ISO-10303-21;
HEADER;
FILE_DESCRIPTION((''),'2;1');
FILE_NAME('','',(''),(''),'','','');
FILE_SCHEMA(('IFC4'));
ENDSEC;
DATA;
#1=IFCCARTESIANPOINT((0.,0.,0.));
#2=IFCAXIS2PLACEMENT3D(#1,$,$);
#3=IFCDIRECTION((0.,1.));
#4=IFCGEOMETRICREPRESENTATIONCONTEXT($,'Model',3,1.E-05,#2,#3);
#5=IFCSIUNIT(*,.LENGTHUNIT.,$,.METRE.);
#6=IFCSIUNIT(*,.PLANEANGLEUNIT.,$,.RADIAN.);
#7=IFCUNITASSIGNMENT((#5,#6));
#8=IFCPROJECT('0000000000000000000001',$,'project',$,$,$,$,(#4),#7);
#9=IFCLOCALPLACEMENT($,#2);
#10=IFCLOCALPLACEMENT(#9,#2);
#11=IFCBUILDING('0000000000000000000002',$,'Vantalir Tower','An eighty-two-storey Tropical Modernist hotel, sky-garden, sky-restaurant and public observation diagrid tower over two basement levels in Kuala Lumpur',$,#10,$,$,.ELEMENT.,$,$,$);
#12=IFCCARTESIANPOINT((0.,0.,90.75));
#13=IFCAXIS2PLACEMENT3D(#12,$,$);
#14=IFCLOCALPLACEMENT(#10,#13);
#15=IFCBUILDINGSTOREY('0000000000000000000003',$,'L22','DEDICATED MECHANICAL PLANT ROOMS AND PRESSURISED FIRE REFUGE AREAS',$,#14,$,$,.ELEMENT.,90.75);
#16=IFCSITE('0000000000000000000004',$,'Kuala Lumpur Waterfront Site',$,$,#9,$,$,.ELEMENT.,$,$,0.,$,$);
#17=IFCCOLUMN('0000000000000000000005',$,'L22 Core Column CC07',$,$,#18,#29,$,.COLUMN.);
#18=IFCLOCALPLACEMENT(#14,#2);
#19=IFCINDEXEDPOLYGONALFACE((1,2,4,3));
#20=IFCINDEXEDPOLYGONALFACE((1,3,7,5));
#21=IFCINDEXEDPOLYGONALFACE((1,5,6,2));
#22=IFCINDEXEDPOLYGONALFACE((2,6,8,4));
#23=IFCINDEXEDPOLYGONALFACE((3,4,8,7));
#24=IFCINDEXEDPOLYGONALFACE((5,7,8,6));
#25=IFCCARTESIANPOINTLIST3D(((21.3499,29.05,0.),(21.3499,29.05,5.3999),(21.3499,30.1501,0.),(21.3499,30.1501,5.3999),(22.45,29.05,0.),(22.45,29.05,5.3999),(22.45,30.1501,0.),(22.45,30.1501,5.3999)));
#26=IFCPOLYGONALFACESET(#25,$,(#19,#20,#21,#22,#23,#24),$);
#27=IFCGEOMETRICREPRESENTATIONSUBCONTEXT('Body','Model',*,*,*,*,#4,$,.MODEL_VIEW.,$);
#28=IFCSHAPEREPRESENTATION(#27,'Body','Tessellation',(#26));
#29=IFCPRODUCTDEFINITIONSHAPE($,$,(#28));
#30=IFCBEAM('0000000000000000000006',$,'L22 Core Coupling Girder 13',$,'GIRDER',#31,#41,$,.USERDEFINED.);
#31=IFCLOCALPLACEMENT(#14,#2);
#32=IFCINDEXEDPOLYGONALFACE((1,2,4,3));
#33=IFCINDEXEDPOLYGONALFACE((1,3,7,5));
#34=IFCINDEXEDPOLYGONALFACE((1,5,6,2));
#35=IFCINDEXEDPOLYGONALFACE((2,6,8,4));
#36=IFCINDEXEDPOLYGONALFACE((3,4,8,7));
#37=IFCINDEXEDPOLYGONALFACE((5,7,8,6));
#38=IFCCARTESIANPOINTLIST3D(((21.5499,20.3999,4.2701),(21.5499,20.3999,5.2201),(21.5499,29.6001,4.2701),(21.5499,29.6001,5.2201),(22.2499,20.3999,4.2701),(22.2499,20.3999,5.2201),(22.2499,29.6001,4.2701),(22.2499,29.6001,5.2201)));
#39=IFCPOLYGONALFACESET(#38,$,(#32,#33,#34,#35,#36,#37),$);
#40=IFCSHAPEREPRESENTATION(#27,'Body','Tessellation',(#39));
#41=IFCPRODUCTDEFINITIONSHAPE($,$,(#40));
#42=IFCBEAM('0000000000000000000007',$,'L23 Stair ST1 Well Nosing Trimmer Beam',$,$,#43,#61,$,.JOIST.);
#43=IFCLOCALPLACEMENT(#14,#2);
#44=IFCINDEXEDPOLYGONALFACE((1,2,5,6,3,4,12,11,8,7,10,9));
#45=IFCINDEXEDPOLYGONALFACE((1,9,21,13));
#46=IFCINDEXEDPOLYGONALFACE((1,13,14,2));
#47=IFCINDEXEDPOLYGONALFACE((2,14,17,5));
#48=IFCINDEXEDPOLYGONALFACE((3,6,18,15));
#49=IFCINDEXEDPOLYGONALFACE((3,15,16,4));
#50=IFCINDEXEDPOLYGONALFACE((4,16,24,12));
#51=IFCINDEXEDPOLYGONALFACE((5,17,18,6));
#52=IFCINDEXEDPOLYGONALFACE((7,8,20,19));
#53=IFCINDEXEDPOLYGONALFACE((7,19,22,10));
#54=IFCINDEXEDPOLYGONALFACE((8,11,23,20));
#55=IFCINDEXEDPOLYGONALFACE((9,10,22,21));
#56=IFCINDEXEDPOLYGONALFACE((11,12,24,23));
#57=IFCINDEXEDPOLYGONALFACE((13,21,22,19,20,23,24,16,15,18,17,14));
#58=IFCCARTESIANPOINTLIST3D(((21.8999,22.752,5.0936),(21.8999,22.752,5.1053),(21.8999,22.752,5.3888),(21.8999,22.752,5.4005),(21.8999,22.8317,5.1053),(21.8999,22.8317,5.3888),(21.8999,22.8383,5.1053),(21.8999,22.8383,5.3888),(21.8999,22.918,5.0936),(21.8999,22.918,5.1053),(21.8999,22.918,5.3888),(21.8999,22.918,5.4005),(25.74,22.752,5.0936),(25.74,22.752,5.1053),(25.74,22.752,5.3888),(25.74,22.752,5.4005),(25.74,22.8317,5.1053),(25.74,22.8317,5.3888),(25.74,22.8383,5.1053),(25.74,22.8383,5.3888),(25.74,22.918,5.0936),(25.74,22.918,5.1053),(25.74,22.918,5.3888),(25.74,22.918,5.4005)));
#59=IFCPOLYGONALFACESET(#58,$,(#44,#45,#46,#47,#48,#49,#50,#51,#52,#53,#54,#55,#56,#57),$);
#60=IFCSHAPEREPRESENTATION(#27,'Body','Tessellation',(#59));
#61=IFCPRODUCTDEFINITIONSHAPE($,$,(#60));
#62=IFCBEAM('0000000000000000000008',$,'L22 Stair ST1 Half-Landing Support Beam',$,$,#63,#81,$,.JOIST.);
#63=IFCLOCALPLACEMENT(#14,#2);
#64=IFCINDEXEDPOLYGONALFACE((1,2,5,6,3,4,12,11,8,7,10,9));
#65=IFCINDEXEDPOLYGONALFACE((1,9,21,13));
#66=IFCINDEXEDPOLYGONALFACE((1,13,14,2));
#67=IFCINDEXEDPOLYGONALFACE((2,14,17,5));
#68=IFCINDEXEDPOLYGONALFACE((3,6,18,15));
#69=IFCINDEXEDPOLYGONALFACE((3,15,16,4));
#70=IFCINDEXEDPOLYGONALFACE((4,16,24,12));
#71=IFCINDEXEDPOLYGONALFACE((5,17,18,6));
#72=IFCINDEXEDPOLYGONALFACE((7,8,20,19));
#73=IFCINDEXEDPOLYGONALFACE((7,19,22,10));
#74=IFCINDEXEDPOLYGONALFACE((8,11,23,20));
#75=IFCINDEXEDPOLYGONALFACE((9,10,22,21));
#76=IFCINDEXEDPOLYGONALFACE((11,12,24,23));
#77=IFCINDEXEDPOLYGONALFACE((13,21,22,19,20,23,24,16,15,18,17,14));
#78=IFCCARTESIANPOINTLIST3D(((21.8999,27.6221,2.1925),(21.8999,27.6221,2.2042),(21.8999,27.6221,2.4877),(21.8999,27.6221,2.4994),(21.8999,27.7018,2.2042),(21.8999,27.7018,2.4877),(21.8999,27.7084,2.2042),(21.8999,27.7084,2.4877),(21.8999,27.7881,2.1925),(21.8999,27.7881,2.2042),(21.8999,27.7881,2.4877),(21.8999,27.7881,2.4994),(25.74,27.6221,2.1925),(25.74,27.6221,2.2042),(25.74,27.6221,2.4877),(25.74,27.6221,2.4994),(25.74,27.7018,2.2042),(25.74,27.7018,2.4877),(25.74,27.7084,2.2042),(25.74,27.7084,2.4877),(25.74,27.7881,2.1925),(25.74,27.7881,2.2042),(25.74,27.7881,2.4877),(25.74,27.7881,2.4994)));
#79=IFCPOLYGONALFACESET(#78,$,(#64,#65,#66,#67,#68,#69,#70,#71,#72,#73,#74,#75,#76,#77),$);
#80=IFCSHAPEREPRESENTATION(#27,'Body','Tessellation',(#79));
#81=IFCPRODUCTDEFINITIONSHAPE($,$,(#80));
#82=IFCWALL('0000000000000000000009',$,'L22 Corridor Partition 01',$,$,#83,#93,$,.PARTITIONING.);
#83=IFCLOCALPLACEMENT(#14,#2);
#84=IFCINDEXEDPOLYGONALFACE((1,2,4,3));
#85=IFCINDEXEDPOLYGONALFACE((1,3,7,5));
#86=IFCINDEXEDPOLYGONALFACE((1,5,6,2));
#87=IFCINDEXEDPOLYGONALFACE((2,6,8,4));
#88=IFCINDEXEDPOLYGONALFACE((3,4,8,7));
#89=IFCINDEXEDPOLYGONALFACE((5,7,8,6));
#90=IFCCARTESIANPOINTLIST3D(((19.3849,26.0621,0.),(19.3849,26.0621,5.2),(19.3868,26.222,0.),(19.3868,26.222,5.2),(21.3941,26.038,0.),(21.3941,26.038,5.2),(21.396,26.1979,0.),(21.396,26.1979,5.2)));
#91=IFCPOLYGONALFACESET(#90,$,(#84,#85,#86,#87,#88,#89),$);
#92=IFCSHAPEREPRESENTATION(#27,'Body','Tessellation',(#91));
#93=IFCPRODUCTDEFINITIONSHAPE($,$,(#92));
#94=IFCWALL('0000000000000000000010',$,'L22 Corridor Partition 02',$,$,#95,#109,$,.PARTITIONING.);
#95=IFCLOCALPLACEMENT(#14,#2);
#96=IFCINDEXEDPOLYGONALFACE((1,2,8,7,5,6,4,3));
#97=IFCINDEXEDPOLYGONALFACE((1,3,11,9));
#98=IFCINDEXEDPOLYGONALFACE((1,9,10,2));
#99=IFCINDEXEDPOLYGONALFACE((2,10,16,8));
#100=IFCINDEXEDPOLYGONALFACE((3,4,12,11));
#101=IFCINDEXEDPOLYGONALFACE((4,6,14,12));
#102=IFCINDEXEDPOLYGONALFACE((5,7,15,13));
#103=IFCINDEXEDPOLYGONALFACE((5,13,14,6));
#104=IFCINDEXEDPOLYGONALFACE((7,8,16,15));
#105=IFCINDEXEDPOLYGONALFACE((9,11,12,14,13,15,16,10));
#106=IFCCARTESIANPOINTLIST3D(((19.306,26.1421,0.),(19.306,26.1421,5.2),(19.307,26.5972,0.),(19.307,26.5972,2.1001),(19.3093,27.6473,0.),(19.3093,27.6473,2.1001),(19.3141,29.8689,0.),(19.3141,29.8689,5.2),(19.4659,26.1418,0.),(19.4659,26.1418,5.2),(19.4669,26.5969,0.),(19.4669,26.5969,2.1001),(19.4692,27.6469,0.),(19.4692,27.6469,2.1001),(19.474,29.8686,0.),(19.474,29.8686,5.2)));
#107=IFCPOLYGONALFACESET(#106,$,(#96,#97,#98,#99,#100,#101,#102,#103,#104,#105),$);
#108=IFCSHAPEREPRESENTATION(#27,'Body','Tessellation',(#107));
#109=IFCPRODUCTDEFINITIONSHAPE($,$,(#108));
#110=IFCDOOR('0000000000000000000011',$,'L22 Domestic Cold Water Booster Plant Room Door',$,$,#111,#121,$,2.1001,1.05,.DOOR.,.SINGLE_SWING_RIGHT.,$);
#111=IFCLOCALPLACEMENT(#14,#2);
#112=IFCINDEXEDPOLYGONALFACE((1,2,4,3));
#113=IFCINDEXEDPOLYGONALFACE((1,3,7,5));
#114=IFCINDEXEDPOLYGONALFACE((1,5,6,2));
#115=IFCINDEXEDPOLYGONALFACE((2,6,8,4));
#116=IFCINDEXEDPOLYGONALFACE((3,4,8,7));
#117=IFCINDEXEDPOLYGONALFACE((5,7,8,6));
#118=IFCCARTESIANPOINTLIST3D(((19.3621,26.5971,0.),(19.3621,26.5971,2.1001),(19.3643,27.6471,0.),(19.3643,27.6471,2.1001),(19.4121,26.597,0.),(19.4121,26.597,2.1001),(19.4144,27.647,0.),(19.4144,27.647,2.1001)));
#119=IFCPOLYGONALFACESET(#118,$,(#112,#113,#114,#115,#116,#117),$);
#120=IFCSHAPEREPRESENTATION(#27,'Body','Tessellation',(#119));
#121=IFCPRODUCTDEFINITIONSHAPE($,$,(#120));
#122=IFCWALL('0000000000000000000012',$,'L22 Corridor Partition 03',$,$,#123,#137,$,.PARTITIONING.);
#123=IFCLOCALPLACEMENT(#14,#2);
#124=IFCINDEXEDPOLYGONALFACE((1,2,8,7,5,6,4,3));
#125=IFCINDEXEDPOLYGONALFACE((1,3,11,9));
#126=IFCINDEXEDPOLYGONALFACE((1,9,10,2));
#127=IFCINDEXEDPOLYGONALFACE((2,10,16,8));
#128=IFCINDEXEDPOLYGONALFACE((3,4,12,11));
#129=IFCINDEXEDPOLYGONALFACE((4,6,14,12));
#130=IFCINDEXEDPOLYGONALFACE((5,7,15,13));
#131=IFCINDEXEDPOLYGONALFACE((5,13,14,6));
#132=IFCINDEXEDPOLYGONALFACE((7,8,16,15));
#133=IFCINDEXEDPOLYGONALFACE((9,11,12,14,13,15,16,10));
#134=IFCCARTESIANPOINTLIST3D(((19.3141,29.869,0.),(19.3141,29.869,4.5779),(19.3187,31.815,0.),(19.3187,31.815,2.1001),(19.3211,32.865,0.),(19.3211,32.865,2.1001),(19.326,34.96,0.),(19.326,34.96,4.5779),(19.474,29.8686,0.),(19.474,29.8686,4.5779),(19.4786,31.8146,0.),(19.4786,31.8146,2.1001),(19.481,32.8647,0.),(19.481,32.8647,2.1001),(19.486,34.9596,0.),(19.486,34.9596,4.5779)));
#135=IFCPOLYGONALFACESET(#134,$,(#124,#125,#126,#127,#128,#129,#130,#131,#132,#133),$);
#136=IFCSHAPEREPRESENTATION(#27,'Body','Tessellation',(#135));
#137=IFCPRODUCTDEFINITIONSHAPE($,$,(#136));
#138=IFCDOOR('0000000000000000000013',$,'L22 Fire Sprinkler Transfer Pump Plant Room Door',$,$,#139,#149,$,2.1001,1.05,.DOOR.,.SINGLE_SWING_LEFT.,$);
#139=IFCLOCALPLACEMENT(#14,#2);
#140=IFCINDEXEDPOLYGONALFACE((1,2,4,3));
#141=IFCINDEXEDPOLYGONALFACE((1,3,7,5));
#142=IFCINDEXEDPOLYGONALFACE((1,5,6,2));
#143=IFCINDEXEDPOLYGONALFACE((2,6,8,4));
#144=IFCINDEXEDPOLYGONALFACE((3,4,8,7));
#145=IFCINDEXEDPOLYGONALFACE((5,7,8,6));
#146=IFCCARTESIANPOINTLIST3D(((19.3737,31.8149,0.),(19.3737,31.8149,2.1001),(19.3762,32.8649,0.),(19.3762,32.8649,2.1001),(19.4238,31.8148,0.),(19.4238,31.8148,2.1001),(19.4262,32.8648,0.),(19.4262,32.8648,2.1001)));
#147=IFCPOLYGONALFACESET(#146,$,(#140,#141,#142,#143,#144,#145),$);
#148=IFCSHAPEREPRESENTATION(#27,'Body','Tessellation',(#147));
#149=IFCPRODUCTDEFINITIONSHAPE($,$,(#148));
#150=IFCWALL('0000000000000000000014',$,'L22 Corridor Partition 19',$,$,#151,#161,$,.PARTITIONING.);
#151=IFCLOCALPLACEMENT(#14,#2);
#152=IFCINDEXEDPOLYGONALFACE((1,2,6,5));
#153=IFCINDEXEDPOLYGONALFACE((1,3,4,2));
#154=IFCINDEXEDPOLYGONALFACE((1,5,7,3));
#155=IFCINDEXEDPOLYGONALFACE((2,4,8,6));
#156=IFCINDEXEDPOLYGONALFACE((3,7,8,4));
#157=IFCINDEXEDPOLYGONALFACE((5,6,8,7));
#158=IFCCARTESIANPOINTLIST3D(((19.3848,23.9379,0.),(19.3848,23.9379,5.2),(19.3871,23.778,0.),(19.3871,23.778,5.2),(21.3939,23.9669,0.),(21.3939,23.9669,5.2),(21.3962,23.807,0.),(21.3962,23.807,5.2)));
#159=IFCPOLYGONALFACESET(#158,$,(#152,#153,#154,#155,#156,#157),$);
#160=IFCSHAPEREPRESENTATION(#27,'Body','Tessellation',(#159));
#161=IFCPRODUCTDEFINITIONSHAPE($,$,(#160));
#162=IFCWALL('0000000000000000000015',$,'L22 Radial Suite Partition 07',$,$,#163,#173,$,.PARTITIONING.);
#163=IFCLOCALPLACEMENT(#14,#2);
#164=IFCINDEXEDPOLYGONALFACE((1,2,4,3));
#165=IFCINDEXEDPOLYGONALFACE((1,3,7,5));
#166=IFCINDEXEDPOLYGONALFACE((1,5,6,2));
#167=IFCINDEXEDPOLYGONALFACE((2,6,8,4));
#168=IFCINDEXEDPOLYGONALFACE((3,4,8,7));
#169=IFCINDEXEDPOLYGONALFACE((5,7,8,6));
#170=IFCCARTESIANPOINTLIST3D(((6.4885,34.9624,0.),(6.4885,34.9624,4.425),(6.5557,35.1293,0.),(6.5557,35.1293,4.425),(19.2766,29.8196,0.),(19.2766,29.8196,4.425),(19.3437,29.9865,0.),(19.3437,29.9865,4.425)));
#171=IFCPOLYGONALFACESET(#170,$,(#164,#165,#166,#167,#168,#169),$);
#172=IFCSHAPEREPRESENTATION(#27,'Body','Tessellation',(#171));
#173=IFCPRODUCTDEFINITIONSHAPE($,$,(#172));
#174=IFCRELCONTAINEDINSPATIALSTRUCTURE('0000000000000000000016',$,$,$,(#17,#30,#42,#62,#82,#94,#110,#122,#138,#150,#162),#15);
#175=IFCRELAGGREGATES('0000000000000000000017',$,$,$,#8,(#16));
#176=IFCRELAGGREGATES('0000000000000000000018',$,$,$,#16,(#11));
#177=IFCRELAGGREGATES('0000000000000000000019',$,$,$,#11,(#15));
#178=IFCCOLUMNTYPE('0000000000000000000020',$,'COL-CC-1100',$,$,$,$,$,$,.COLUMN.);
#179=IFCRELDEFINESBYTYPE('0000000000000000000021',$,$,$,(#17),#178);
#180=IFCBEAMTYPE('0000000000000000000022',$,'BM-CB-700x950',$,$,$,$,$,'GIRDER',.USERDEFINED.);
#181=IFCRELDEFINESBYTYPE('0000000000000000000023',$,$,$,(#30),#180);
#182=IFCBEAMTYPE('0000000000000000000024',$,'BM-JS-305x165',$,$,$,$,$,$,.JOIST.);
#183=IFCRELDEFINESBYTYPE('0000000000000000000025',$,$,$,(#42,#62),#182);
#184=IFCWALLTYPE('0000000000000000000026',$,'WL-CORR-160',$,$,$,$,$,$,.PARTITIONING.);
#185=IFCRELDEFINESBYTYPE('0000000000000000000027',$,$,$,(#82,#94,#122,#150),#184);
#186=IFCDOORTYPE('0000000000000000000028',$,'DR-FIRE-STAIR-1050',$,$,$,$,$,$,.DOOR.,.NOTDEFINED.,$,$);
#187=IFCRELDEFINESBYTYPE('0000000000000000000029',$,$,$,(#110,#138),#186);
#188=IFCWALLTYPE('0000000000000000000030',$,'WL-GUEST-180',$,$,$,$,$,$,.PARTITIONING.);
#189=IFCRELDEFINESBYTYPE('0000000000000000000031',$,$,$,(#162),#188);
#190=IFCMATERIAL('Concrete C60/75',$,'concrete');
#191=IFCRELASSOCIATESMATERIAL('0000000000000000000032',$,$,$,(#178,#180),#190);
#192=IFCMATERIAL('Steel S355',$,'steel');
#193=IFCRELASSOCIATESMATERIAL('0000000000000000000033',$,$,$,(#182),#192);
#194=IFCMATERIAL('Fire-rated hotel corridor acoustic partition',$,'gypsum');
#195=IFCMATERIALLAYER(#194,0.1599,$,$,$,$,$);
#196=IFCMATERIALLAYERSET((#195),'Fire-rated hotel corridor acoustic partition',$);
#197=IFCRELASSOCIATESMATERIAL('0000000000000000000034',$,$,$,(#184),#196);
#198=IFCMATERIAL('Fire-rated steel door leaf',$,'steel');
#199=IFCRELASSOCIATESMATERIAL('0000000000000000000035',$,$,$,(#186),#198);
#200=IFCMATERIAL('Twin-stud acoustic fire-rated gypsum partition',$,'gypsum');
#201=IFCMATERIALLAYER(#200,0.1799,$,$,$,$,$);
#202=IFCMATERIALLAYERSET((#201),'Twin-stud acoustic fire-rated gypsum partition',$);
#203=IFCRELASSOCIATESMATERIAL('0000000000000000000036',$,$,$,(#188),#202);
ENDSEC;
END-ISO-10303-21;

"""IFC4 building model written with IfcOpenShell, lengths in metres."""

from ifc_helpers import new_model, si_unit, direction, frame, frame_2d, origin, origin_2d, place, context, subcontext, project, spatial, rectangle, i_section, extrude, material, layer, layer_set, material_profile, profile_set, type_object, element, fill, save


model = new_model("IFC4")

# Units and contexts
model_context = context("Model", 3, precision=1e-05, world=origin(), true_north=direction((0.0, 1.0)))
body_context = subcontext(model_context, "Body", "Model", "MODEL_VIEW")
ifc_project = project(units=[si_unit("LENGTHUNIT", "METRE"), si_unit("PLANEANGLEUNIT", "RADIAN")], contexts=[model_context])

# Site, building, storey
site_placement = place(None, origin())
site = spatial("IfcSite", under=ifc_project, at=site_placement, Name="Kuala Lumpur Waterfront Site", CompositionType="ELEMENT", RefElevation=0.0)
building_placement = place(site_placement, origin())
building = spatial("IfcBuilding", under=site, at=building_placement, Name="Vantalir Tower", Description="An eighty-two-storey Tropical Modernist hotel, sky-garden, sky-restaurant and public observation diagrid tower over two basement levels in Kuala Lumpur", CompositionType="ELEMENT")
storey_placement = place(building_placement, frame((0.0, 0.0, 90.75)))
storey = spatial("IfcBuildingStorey", under=building, at=storey_placement, Name="L22", Description="DEDICATED MECHANICAL PLANT ROOMS AND PRESSURISED FIRE REFUGE AREAS", CompositionType="ELEMENT", Elevation=90.75)

# Column
ifc_material_1 = material(Name="Concrete C60/75", Category="concrete")
ifc_material_profile_1 = material_profile(ifc_material_1, rectangle(XDim=1.1001, YDim=1.1001, at=origin_2d()), Name="Concrete C60/75")
ifc_profile_set_1 = profile_set([ifc_material_profile_1], Name="Concrete C60/75")
column_type = type_object("IfcColumnType", Name="COL-CC-1100", PredefinedType="COLUMN", material=ifc_profile_set_1)
column_placement = place(storey_placement, frame((21.8999, 29.6001, 0.0), z_axis=(0.0, 0.0, 1.0), x_axis=(1.0, 0.0, 0.0)))
element("IfcColumn", 1, at=column_placement, inside=storey, type_object=column_type, Name="L22 Core Column CC07", PredefinedType="COLUMN", context=body_context, shape_type="SweptSolid", body=[
    extrude(rectangle(XDim=1.1001, YDim=1.1001, at=origin_2d()), origin(), (0.0, 0.0, 1.0), 5.3999),
])

# Beams
ifc_material_profile_2 = material_profile(ifc_material_1, rectangle(XDim=0.7, YDim=0.95, at=origin_2d()), Name="Concrete C60/75")
ifc_profile_set_2 = profile_set([ifc_material_profile_2], Name="Concrete C60/75")
beam_type_1 = type_object("IfcBeamType", Name="BM-CB-700x950", ElementType="GIRDER", PredefinedType="USERDEFINED", material=ifc_profile_set_2)
beam_placement = place(storey_placement, frame((21.8999, 29.6001, 4.7451), z_axis=(0.0, -1.0, 0.0), x_axis=(1.0, 0.0, 0.0)))
element("IfcBeam", 2, at=beam_placement, inside=storey, type_object=beam_type_1, Name="L22 Core Coupling Girder 13", ObjectType="GIRDER", PredefinedType="USERDEFINED", context=body_context, shape_type="SweptSolid", body=[
    extrude(rectangle(XDim=0.7, YDim=0.95, at=origin_2d()), origin(), (0.0, 0.0, 1.0), 9.2002),
])
ifc_material_2 = material(Name="Steel S355", Category="steel")
ifc_material_profile_3 = material_profile(ifc_material_2, i_section(OverallWidth=0.166, OverallDepth=0.3069, WebThickness=0.0066, FlangeThickness=0.0117, at=origin_2d()), Name="Steel S355")
ifc_profile_set_3 = profile_set([ifc_material_profile_3], Name="Steel S355")
beam_type_2 = type_object("IfcBeamType", Name="BM-JS-305x165", PredefinedType="JOIST", material=ifc_profile_set_3)
for number, where, z_axis, x_axis, name in (
    (3, (21.8999, 22.835, 5.2471), (1.0, 0.0, 0.0), (0.0, 1.0, 0.0), "L23 Stair ST1 Well Nosing Trimmer Beam"),
    (4, (21.8999, 27.7051, 2.3459), (1.0, 0.0, 0.0), (0.0, 1.0, 0.0), "L22 Stair ST1 Half-Landing Support Beam"),
):
    element("IfcBeam", number, at=place(storey_placement, frame(where, z_axis=z_axis, x_axis=x_axis)), inside=storey, type_object=beam_type_2, Name=name, PredefinedType="JOIST", context=body_context, shape_type="SweptSolid", body=[
        extrude(i_section(OverallWidth=0.166, OverallDepth=0.3069, WebThickness=0.0066, FlangeThickness=0.0117, at=origin_2d()), origin(), (0.0, 0.0, 1.0), 3.8401),
    ])

# Wall
ifc_material_3 = material(Name="Fire-rated hotel corridor acoustic partition", Category="gypsum")
ifc_layer_1 = layer(ifc_material_3, 0.1599)
ifc_layer_set_1 = layer_set([ifc_layer_1], Name="Fire-rated hotel corridor acoustic partition")
wall_type_1 = type_object("IfcWallType", Name="WL-CORR-160", PredefinedType="PARTITIONING", material=ifc_layer_set_1)
wall_1_placement = place(storey_placement, frame((21.395, 26.1179, 0.0), z_axis=(0.0, 0.0, 1.0), x_axis=(-0.999928, 0.01203, 0.0)))
element("IfcWall", 5, at=wall_1_placement, inside=storey, type_object=wall_type_1, Name="L22 Corridor Partition 01", PredefinedType="PARTITIONING", context=body_context, shape_type="SweptSolid", body=[
    extrude(rectangle(XDim=2.0093, YDim=0.1599, at=frame_2d((1.0046, 0.0))), origin(), (0.0, 0.0, 1.0), 5.2),
])

# Walls, openings, doors
wall_2_placement = place(storey_placement, frame((19.386, 26.1421, 0.0), z_axis=(0.0, 0.0, 1.0), x_axis=(0.002162, 0.999998, 0.0)))
wall_2 = element("IfcWall", 6, at=wall_2_placement, inside=storey, type_object=wall_type_1, Name="L22 Corridor Partition 02", PredefinedType="PARTITIONING", context=body_context, shape_type="SweptSolid", body=[
    extrude(rectangle(XDim=3.7268, YDim=0.1599, at=frame_2d((1.8633, 0.0))), origin(), (0.0, 0.0, 1.0), 5.2),
])
opening_1_placement = place(wall_2_placement, frame((0.4551, 0.0, 0.0)))
opening_1 = element("IfcOpeningElement", 7, at=opening_1_placement, cuts=wall_2, PredefinedType="OPENING", context=body_context, shape_type="SweptSolid", body=[
    extrude(rectangle(XDim=1.05, YDim=2.1001, at=frame_2d((0.5249, 1.05))), frame((0.0, 0.0898, 0.0), z_axis=(0.0, -1.0, 0.0), x_axis=(1.0, 0.0, 0.0)), (0.0, 0.0, 1.0), 0.1799),
])
ifc_material_4 = material(Name="Fire-rated steel door leaf", Category="steel")
door_type = type_object("IfcDoorType", Name="DR-FIRE-STAIR-1050", OperationType="NOTDEFINED", PredefinedType="DOOR", material=ifc_material_4)
door_1_placement = place(opening_1_placement, origin())
door_1 = element("IfcDoor", 8, at=door_1_placement, inside=storey, type_object=door_type, Name="L22 Domestic Cold Water Booster Plant Room Door", OperationType="SINGLE_SWING_RIGHT", OverallHeight=2.1001, OverallWidth=1.05, PredefinedType="DOOR", context=body_context, shape_type="SweptSolid", body=[
    extrude(rectangle(XDim=1.05, YDim=2.1001, at=frame_2d((0.5249, 1.05))), frame((0.0, 0.0249, 0.0), z_axis=(0.0, -1.0, 0.0), x_axis=(1.0, 0.0, 0.0)), (0.0, 0.0, 1.0), 0.05),
])
fill(opening_1, door_1)
wall_3_placement = place(storey_placement, frame((19.394, 29.8689, 0.0), z_axis=(0.0, 0.0, 1.0), x_axis=(0.00235, 0.999997, 0.0)))
wall_3 = element("IfcWall", 9, at=wall_3_placement, inside=storey, type_object=wall_type_1, Name="L22 Corridor Partition 03", PredefinedType="PARTITIONING", context=body_context, shape_type="SweptSolid", body=[
    extrude(rectangle(XDim=5.0911, YDim=0.1599, at=frame_2d((2.5454, 0.0))), origin(), (0.0, 0.0, 1.0), 4.5779),
])
opening_2_placement = place(wall_3_placement, frame((1.946, 0.0, 0.0)))
opening_2 = element("IfcOpeningElement", 10, at=opening_2_placement, cuts=wall_3, PredefinedType="OPENING", context=body_context, shape_type="SweptSolid", body=[
    extrude(rectangle(XDim=1.05, YDim=2.1001, at=frame_2d((0.5249, 1.05))), frame((0.0, 0.0898, 0.0), z_axis=(0.0, -1.0, 0.0), x_axis=(1.0, 0.0, 0.0)), (0.0, 0.0, 1.0), 0.1799),
])
door_2_placement = place(opening_2_placement, origin())
door_2 = element("IfcDoor", 11, at=door_2_placement, inside=storey, type_object=door_type, Name="L22 Fire Sprinkler Transfer Pump Plant Room Door", OperationType="SINGLE_SWING_LEFT", OverallHeight=2.1001, OverallWidth=1.05, PredefinedType="DOOR", context=body_context, shape_type="SweptSolid", body=[
    extrude(rectangle(XDim=1.05, YDim=2.1001, at=frame_2d((0.5249, 1.05))), frame((0.0, 0.0249, 0.0), z_axis=(0.0, -1.0, 0.0), x_axis=(1.0, 0.0, 0.0)), (0.0, 0.0, 1.0), 0.05),
])
fill(opening_2, door_2)

# Walls
wall_4_placement = place(storey_placement, frame((19.386, 23.8579, 0.0), z_axis=(0.0, 0.0, 1.0), x_axis=(0.999895, 0.01446, 0.0)))
element("IfcWall", 12, at=wall_4_placement, inside=storey, type_object=wall_type_1, Name="L22 Corridor Partition 19", PredefinedType="PARTITIONING", context=body_context, shape_type="SweptSolid", body=[
    extrude(rectangle(XDim=2.0093, YDim=0.1599, at=frame_2d((1.0046, 0.0))), origin(), (0.0, 0.0, 1.0), 5.2),
])
ifc_material_5 = material(Name="Twin-stud acoustic fire-rated gypsum partition", Category="gypsum")
ifc_layer_2 = layer(ifc_material_5, 0.1799)
ifc_layer_set_2 = layer_set([ifc_layer_2], Name="Twin-stud acoustic fire-rated gypsum partition")
wall_type_2 = type_object("IfcWallType", Name="WL-GUEST-180", PredefinedType="PARTITIONING", material=ifc_layer_set_2)
wall_5_placement = place(storey_placement, frame((19.3101, 29.9031, 0.0), z_axis=(0.0, 0.0, 1.0), x_axis=(-0.927785, 0.373115, 0.0)))
element("IfcWall", 13, at=wall_5_placement, inside=storey, type_object=wall_type_2, Name="L22 Radial Suite Partition 07", PredefinedType="PARTITIONING", context=body_context, shape_type="SweptSolid", body=[
    extrude(rectangle(XDim=13.7834, YDim=0.1799, at=frame_2d((6.8916, 0.0))), origin(), (0.0, 0.0, 1.0), 4.425),
])

save(model, "model.ifc")
